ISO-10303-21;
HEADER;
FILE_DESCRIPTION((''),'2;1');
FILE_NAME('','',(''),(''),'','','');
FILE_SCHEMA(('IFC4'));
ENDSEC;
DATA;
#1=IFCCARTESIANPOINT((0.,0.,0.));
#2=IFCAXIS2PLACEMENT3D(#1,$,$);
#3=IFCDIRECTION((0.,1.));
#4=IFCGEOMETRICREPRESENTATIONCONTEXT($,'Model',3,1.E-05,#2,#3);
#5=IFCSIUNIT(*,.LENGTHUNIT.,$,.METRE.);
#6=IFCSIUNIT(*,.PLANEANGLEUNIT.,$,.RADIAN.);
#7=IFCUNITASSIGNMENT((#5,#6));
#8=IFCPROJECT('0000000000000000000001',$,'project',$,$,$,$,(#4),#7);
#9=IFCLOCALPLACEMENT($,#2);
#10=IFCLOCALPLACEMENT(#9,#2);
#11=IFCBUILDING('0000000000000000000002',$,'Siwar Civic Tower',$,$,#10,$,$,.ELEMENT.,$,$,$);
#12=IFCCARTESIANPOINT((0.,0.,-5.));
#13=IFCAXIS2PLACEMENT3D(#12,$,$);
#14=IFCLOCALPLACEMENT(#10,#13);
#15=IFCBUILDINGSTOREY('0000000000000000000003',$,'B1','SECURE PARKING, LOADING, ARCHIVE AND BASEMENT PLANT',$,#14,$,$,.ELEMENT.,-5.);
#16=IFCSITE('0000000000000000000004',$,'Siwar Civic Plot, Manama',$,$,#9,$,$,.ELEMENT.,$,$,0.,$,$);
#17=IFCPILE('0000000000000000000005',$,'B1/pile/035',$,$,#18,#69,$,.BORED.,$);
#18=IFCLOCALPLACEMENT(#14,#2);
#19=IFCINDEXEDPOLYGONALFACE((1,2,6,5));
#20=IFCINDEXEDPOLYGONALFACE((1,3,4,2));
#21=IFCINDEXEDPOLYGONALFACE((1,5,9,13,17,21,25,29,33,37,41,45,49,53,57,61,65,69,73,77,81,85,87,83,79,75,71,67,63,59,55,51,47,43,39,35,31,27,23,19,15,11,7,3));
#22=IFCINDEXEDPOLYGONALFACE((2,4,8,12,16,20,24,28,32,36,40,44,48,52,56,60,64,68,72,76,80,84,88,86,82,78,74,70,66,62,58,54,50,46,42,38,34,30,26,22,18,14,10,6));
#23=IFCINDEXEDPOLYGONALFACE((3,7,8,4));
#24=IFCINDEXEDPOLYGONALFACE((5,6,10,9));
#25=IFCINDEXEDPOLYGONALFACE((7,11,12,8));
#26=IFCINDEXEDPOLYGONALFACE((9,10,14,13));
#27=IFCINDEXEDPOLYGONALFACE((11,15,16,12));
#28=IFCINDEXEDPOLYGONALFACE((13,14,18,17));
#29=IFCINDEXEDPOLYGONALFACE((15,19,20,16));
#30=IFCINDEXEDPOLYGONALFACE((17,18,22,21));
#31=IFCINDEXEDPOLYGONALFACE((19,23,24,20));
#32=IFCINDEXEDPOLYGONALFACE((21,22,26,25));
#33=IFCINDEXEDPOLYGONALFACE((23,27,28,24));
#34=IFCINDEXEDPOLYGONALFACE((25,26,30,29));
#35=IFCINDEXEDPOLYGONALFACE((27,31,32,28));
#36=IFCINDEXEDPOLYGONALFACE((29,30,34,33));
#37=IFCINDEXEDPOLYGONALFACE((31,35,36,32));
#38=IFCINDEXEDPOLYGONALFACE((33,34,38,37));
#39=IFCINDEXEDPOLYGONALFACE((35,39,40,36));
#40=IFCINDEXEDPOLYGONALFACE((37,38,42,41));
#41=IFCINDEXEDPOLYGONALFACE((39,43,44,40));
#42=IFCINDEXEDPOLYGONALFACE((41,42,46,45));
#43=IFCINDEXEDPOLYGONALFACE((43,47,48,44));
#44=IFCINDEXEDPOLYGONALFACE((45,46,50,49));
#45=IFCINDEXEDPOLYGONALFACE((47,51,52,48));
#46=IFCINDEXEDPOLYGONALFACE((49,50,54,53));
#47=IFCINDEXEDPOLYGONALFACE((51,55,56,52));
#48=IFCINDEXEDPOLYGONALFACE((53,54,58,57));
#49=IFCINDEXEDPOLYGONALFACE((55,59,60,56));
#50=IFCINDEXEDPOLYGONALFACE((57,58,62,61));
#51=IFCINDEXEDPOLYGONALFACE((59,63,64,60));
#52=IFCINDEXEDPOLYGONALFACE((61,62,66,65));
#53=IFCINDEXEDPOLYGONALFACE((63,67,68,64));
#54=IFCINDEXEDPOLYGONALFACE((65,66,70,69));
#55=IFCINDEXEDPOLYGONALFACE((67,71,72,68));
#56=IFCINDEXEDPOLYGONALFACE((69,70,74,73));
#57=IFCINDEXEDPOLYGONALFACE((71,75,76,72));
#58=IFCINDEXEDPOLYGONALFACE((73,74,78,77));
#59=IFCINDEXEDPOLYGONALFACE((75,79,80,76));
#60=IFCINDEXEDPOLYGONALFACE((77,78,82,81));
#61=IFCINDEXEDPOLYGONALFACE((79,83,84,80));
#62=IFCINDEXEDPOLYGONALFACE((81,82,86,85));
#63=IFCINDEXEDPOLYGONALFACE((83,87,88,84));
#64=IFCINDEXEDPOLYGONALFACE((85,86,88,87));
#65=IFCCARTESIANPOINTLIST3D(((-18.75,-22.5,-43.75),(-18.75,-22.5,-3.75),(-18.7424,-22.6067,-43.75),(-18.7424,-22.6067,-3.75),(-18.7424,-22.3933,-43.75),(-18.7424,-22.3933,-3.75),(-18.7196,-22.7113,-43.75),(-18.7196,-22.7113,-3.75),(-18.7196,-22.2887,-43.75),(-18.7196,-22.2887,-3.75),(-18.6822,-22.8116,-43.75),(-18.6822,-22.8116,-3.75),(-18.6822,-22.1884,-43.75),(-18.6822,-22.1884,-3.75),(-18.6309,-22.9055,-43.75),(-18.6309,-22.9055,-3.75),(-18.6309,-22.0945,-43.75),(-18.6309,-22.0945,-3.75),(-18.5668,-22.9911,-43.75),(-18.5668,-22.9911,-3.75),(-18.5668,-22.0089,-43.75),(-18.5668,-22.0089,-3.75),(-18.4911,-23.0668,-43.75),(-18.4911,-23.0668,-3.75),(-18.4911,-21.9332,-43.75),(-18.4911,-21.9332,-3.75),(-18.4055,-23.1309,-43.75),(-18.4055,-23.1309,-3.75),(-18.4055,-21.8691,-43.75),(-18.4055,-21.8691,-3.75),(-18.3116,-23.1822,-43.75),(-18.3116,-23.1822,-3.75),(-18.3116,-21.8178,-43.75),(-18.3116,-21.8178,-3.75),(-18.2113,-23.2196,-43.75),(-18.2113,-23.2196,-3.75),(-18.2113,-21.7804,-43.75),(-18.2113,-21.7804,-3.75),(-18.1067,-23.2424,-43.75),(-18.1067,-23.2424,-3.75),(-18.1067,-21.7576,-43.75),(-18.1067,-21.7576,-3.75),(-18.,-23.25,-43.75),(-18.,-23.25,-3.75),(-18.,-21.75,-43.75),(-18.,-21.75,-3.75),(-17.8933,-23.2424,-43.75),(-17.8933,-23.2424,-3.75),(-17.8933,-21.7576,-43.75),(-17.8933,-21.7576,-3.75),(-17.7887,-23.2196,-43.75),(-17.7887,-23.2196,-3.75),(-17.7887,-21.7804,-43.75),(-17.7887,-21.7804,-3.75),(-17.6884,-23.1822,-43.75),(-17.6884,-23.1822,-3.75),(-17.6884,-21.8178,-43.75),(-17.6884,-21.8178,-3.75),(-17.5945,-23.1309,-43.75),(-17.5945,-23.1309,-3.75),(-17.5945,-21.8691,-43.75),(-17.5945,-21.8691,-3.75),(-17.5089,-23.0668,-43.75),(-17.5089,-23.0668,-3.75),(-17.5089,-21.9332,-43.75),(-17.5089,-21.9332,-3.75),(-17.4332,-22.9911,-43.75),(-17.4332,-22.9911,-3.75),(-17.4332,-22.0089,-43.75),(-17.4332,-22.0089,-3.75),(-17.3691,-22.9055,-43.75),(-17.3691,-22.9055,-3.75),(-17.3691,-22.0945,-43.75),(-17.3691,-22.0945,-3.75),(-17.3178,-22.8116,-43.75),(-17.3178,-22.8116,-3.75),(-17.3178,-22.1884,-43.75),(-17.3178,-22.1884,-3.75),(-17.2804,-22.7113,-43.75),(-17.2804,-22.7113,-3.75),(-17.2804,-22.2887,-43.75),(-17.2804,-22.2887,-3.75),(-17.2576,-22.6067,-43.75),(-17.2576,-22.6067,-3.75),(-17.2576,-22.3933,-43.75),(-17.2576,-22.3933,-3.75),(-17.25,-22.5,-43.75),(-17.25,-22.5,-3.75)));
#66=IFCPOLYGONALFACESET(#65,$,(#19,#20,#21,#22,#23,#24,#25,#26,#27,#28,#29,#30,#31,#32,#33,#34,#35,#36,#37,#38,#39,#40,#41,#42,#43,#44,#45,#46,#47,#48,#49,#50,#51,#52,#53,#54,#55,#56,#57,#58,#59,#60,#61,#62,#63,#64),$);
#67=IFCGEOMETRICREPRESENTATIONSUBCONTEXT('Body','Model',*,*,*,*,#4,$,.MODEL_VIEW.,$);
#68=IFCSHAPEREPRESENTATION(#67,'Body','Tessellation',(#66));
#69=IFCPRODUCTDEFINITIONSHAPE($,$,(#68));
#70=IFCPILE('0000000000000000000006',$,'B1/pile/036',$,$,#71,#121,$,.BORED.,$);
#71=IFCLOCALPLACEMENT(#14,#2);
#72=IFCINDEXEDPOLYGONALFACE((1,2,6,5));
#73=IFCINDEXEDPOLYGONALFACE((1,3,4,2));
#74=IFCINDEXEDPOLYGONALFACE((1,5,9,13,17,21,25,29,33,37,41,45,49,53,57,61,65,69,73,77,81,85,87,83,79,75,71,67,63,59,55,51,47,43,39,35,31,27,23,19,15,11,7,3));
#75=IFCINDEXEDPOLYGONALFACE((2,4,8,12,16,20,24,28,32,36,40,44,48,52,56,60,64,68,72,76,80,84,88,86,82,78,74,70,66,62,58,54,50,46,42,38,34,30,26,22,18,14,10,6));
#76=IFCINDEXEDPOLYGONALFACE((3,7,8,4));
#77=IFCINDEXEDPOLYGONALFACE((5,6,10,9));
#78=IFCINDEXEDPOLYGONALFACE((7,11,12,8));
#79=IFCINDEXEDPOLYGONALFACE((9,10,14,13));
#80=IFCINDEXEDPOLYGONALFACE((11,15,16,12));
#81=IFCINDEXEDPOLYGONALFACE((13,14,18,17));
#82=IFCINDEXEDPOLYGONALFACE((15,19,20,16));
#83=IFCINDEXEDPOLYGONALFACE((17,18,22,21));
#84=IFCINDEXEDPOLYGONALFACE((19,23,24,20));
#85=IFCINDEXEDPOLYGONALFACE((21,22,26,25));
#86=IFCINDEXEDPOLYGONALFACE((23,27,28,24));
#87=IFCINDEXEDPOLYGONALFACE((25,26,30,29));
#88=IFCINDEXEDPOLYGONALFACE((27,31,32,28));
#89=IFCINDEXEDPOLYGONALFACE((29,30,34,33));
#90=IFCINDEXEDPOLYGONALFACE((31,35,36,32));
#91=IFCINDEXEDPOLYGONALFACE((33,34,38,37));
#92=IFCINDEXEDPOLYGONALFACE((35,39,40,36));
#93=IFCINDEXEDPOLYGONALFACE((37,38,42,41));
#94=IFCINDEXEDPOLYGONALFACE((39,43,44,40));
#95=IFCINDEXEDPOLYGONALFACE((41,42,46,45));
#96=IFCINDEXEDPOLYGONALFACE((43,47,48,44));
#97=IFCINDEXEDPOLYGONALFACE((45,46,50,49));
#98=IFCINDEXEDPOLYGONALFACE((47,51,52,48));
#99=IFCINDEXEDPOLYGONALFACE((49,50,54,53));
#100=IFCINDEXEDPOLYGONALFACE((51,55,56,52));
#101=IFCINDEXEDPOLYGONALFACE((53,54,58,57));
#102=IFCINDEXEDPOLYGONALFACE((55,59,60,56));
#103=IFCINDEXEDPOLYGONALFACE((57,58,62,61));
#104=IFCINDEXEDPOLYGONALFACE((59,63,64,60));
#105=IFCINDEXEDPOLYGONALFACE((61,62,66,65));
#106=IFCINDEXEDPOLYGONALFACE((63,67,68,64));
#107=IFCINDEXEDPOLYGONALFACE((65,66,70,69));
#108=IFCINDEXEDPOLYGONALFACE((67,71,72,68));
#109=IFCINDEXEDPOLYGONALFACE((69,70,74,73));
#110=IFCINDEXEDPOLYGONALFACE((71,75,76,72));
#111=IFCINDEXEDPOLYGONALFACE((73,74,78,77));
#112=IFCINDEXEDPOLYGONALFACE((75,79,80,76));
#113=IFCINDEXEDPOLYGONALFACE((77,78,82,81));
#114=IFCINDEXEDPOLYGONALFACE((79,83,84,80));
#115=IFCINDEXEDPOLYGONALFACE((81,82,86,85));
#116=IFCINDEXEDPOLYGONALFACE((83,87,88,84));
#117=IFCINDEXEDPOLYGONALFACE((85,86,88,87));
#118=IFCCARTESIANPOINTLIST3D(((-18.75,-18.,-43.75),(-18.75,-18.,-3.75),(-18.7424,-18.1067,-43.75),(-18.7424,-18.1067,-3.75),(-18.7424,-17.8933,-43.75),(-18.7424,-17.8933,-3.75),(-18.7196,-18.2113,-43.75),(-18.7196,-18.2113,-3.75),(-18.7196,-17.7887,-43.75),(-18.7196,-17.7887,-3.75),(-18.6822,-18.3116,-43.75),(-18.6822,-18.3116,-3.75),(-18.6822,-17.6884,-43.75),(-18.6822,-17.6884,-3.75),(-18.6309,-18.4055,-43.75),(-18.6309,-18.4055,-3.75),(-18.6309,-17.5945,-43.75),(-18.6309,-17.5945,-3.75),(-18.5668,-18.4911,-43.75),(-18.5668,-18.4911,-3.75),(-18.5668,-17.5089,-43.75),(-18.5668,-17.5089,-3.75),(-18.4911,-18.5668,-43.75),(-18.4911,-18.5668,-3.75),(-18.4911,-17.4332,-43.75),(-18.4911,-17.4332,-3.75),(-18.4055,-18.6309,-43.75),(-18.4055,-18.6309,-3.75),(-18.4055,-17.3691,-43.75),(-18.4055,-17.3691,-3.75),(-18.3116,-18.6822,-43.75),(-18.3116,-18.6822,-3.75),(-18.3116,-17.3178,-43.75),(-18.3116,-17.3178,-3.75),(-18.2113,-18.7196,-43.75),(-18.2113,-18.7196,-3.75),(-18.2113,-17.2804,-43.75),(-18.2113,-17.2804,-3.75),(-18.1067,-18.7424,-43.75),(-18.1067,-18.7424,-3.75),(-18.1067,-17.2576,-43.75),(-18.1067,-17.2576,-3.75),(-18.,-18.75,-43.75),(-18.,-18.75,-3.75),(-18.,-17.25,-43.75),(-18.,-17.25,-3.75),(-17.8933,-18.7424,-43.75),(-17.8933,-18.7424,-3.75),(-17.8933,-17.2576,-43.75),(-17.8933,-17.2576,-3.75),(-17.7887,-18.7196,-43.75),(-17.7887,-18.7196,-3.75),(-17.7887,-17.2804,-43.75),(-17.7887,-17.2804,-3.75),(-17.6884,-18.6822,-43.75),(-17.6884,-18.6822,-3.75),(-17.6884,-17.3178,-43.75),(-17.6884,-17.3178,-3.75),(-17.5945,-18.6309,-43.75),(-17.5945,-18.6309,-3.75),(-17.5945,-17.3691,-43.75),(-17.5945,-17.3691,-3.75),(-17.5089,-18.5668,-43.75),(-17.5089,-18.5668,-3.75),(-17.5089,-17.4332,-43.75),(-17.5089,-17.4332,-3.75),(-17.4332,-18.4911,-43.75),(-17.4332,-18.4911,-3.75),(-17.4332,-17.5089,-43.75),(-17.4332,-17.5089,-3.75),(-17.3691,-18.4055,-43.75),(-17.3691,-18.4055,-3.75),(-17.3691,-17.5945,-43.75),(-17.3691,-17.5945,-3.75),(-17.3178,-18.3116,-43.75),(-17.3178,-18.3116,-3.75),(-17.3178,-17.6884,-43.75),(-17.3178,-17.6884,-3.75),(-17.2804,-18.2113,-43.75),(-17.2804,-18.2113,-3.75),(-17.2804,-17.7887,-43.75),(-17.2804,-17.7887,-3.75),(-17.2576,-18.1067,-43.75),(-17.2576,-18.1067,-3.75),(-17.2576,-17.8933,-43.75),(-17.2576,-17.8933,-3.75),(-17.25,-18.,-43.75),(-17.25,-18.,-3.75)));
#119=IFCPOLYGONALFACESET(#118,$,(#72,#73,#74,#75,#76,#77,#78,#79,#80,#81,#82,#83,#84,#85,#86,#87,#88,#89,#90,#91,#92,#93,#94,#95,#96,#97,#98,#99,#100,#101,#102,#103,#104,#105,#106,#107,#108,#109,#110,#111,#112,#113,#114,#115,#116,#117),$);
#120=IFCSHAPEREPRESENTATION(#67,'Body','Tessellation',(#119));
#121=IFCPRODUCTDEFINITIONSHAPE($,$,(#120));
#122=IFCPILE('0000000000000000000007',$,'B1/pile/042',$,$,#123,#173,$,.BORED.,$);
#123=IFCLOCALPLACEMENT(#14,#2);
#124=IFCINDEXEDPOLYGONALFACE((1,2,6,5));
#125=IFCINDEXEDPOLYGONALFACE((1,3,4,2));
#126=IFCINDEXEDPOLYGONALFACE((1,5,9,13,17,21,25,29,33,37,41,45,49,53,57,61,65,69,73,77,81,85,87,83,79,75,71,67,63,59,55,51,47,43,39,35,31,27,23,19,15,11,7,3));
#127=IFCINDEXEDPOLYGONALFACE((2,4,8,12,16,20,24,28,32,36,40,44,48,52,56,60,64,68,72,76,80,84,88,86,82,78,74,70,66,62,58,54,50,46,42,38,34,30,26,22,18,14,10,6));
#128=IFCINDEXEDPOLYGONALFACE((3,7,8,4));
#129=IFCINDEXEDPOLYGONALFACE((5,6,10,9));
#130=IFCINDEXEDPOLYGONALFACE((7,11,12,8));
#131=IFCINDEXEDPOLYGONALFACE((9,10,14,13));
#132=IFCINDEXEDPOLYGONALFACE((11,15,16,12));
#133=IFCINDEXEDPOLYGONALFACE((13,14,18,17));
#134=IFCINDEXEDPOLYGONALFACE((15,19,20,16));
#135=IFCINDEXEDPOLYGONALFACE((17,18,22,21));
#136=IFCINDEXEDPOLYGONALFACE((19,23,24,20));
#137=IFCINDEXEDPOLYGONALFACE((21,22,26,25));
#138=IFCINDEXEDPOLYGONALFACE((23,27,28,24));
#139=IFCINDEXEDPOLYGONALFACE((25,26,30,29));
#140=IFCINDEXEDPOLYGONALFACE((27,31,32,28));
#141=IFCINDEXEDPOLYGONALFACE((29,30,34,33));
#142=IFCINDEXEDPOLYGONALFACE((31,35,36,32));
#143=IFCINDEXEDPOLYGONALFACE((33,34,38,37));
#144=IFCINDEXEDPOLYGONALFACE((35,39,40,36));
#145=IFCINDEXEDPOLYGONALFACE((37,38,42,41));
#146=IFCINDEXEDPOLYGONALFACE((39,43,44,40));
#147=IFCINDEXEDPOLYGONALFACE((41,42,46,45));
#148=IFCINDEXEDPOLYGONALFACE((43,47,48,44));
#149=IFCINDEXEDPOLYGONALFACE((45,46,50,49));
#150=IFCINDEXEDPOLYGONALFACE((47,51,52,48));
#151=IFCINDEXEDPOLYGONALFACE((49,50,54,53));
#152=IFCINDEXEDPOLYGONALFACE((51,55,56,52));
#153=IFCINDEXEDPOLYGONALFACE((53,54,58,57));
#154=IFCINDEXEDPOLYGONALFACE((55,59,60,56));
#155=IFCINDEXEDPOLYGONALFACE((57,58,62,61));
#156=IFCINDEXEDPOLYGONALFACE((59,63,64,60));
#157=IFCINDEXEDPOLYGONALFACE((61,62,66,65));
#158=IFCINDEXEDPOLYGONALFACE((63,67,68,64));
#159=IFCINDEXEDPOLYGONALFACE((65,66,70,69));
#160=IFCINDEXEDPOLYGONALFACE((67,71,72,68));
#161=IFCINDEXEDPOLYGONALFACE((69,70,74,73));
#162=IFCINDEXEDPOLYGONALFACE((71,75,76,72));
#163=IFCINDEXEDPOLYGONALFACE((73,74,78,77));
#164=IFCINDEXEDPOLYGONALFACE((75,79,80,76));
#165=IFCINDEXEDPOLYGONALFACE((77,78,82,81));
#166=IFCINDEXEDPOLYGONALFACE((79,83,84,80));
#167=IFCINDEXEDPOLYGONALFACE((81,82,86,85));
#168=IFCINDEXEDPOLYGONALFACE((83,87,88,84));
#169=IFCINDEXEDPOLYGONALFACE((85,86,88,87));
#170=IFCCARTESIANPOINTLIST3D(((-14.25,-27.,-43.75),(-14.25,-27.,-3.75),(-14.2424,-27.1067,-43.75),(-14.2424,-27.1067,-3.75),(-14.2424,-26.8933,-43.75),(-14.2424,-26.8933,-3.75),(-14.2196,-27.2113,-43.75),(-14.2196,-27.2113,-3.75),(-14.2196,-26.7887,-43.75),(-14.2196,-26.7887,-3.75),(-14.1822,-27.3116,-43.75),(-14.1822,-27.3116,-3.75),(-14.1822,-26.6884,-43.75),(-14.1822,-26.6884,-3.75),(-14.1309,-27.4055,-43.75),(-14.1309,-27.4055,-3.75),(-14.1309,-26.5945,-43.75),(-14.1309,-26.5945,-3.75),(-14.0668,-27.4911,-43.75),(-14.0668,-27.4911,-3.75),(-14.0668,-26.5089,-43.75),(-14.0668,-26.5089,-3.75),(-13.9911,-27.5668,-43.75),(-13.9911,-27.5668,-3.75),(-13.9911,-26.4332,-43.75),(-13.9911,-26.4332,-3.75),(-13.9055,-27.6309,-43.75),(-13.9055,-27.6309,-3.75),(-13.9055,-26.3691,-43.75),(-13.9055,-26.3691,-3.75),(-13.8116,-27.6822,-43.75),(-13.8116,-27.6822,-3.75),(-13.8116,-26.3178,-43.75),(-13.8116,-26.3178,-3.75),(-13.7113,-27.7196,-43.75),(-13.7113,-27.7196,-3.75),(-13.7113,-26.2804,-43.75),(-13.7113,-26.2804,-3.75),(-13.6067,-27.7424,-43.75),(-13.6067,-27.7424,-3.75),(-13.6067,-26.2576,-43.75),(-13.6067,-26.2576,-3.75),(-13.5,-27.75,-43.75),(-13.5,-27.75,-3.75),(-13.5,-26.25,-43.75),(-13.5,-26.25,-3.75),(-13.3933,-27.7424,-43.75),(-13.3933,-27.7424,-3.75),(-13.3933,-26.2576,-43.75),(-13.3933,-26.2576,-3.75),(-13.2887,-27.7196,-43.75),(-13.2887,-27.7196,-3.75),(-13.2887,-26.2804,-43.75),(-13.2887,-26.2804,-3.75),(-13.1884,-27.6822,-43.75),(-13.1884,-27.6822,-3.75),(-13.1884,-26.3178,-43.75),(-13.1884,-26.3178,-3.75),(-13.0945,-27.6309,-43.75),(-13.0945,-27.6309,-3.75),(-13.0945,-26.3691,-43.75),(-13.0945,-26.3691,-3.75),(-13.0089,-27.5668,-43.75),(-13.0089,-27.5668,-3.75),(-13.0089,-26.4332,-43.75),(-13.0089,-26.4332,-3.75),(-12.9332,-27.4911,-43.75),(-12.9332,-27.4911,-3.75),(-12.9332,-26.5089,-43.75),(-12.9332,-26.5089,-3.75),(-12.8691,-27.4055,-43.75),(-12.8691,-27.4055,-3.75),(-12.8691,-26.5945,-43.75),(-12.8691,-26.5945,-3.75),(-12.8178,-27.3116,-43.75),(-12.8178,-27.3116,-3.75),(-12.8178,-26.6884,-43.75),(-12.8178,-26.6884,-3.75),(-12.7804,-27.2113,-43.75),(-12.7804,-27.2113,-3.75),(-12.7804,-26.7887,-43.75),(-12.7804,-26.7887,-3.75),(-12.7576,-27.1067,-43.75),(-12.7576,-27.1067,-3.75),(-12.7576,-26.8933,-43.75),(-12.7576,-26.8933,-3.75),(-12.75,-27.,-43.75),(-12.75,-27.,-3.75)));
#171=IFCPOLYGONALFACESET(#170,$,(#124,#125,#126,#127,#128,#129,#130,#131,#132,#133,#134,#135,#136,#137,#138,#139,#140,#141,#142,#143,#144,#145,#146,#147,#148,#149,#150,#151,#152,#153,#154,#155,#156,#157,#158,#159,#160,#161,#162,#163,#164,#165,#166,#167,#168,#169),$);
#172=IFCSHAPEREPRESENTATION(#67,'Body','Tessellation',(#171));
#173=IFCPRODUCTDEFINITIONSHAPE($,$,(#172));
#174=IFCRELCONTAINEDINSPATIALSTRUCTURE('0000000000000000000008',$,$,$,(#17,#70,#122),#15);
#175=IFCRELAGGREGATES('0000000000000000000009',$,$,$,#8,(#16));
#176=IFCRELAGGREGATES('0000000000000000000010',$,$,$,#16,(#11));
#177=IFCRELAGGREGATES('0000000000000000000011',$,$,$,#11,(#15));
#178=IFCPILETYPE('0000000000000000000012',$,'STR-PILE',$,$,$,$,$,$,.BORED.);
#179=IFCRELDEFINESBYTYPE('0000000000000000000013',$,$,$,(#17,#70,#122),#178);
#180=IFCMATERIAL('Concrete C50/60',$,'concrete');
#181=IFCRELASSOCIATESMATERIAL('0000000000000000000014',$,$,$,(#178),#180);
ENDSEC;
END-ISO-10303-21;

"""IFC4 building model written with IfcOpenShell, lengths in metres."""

from ifc_helpers import new_model, si_unit, direction, frame, origin, origin_2d, place, context, subcontext, project, spatial, circle, extrude, material, material_profile, profile_set, type_object, element, save


model = new_model("IFC4")

# Units and contexts
model_context = context("Model", 3, precision=1e-05, world=origin(), true_north=direction((0.0, 1.0)))
body_context = subcontext(model_context, "Body", "Model", "MODEL_VIEW")
ifc_project = project(units=[si_unit("LENGTHUNIT", "METRE"), si_unit("PLANEANGLEUNIT", "RADIAN")], contexts=[model_context])

# Site, building, storey
site_placement = place(None, origin())
site = spatial("IfcSite", under=ifc_project, at=site_placement, Name="Siwar Civic Plot, Manama", CompositionType="ELEMENT", RefElevation=0.0)
building_placement = place(site_placement, origin())
building = spatial("IfcBuilding", under=site, at=building_placement, Name="Siwar Civic Tower", CompositionType="ELEMENT")
storey_placement = place(building_placement, frame((0.0, 0.0, -5.0)))
storey = spatial("IfcBuildingStorey", under=building, at=storey_placement, Name="B1", Description="SECURE PARKING, LOADING, ARCHIVE AND BASEMENT PLANT", CompositionType="ELEMENT", Elevation=-5.0)

# Piles
ifc_material_1 = material(Name="Concrete C50/60", Category="concrete")
ifc_material_profile_1 = material_profile(ifc_material_1, circle(Radius=0.75, at=origin_2d()), Name="PILE1500")
ifc_profile_set_1 = profile_set([ifc_material_profile_1], Name="Concrete C50/60")
pile_type = type_object("IfcPileType", Name="STR-PILE", PredefinedType="BORED", material=ifc_profile_set_1)
for number, where, z_axis, x_axis, name in (
    (1, (-18.0, -22.5, -3.75), (0.0, 0.0, -1.0), (1.0, 0.0, 0.0), "B1/pile/035"),
    (2, (-18.0, -18.0, -3.75), (0.0, 0.0, -1.0), (1.0, 0.0, 0.0), "B1/pile/036"),
    (3, (-13.5, -27.0, -3.75), (0.0, 0.0, -1.0), (1.0, 0.0, 0.0), "B1/pile/042"),
):
    element("IfcPile", number, at=place(storey_placement, frame(where, z_axis=z_axis, x_axis=x_axis)), inside=storey, type_object=pile_type, Name=name, PredefinedType="BORED", context=body_context, shape_type="SweptSolid", body=[
        extrude(circle(Radius=0.75, at=origin_2d()), origin(), (0.0, 0.0, 1.0), 40.0),
    ])

save(model, "model.ifc")
